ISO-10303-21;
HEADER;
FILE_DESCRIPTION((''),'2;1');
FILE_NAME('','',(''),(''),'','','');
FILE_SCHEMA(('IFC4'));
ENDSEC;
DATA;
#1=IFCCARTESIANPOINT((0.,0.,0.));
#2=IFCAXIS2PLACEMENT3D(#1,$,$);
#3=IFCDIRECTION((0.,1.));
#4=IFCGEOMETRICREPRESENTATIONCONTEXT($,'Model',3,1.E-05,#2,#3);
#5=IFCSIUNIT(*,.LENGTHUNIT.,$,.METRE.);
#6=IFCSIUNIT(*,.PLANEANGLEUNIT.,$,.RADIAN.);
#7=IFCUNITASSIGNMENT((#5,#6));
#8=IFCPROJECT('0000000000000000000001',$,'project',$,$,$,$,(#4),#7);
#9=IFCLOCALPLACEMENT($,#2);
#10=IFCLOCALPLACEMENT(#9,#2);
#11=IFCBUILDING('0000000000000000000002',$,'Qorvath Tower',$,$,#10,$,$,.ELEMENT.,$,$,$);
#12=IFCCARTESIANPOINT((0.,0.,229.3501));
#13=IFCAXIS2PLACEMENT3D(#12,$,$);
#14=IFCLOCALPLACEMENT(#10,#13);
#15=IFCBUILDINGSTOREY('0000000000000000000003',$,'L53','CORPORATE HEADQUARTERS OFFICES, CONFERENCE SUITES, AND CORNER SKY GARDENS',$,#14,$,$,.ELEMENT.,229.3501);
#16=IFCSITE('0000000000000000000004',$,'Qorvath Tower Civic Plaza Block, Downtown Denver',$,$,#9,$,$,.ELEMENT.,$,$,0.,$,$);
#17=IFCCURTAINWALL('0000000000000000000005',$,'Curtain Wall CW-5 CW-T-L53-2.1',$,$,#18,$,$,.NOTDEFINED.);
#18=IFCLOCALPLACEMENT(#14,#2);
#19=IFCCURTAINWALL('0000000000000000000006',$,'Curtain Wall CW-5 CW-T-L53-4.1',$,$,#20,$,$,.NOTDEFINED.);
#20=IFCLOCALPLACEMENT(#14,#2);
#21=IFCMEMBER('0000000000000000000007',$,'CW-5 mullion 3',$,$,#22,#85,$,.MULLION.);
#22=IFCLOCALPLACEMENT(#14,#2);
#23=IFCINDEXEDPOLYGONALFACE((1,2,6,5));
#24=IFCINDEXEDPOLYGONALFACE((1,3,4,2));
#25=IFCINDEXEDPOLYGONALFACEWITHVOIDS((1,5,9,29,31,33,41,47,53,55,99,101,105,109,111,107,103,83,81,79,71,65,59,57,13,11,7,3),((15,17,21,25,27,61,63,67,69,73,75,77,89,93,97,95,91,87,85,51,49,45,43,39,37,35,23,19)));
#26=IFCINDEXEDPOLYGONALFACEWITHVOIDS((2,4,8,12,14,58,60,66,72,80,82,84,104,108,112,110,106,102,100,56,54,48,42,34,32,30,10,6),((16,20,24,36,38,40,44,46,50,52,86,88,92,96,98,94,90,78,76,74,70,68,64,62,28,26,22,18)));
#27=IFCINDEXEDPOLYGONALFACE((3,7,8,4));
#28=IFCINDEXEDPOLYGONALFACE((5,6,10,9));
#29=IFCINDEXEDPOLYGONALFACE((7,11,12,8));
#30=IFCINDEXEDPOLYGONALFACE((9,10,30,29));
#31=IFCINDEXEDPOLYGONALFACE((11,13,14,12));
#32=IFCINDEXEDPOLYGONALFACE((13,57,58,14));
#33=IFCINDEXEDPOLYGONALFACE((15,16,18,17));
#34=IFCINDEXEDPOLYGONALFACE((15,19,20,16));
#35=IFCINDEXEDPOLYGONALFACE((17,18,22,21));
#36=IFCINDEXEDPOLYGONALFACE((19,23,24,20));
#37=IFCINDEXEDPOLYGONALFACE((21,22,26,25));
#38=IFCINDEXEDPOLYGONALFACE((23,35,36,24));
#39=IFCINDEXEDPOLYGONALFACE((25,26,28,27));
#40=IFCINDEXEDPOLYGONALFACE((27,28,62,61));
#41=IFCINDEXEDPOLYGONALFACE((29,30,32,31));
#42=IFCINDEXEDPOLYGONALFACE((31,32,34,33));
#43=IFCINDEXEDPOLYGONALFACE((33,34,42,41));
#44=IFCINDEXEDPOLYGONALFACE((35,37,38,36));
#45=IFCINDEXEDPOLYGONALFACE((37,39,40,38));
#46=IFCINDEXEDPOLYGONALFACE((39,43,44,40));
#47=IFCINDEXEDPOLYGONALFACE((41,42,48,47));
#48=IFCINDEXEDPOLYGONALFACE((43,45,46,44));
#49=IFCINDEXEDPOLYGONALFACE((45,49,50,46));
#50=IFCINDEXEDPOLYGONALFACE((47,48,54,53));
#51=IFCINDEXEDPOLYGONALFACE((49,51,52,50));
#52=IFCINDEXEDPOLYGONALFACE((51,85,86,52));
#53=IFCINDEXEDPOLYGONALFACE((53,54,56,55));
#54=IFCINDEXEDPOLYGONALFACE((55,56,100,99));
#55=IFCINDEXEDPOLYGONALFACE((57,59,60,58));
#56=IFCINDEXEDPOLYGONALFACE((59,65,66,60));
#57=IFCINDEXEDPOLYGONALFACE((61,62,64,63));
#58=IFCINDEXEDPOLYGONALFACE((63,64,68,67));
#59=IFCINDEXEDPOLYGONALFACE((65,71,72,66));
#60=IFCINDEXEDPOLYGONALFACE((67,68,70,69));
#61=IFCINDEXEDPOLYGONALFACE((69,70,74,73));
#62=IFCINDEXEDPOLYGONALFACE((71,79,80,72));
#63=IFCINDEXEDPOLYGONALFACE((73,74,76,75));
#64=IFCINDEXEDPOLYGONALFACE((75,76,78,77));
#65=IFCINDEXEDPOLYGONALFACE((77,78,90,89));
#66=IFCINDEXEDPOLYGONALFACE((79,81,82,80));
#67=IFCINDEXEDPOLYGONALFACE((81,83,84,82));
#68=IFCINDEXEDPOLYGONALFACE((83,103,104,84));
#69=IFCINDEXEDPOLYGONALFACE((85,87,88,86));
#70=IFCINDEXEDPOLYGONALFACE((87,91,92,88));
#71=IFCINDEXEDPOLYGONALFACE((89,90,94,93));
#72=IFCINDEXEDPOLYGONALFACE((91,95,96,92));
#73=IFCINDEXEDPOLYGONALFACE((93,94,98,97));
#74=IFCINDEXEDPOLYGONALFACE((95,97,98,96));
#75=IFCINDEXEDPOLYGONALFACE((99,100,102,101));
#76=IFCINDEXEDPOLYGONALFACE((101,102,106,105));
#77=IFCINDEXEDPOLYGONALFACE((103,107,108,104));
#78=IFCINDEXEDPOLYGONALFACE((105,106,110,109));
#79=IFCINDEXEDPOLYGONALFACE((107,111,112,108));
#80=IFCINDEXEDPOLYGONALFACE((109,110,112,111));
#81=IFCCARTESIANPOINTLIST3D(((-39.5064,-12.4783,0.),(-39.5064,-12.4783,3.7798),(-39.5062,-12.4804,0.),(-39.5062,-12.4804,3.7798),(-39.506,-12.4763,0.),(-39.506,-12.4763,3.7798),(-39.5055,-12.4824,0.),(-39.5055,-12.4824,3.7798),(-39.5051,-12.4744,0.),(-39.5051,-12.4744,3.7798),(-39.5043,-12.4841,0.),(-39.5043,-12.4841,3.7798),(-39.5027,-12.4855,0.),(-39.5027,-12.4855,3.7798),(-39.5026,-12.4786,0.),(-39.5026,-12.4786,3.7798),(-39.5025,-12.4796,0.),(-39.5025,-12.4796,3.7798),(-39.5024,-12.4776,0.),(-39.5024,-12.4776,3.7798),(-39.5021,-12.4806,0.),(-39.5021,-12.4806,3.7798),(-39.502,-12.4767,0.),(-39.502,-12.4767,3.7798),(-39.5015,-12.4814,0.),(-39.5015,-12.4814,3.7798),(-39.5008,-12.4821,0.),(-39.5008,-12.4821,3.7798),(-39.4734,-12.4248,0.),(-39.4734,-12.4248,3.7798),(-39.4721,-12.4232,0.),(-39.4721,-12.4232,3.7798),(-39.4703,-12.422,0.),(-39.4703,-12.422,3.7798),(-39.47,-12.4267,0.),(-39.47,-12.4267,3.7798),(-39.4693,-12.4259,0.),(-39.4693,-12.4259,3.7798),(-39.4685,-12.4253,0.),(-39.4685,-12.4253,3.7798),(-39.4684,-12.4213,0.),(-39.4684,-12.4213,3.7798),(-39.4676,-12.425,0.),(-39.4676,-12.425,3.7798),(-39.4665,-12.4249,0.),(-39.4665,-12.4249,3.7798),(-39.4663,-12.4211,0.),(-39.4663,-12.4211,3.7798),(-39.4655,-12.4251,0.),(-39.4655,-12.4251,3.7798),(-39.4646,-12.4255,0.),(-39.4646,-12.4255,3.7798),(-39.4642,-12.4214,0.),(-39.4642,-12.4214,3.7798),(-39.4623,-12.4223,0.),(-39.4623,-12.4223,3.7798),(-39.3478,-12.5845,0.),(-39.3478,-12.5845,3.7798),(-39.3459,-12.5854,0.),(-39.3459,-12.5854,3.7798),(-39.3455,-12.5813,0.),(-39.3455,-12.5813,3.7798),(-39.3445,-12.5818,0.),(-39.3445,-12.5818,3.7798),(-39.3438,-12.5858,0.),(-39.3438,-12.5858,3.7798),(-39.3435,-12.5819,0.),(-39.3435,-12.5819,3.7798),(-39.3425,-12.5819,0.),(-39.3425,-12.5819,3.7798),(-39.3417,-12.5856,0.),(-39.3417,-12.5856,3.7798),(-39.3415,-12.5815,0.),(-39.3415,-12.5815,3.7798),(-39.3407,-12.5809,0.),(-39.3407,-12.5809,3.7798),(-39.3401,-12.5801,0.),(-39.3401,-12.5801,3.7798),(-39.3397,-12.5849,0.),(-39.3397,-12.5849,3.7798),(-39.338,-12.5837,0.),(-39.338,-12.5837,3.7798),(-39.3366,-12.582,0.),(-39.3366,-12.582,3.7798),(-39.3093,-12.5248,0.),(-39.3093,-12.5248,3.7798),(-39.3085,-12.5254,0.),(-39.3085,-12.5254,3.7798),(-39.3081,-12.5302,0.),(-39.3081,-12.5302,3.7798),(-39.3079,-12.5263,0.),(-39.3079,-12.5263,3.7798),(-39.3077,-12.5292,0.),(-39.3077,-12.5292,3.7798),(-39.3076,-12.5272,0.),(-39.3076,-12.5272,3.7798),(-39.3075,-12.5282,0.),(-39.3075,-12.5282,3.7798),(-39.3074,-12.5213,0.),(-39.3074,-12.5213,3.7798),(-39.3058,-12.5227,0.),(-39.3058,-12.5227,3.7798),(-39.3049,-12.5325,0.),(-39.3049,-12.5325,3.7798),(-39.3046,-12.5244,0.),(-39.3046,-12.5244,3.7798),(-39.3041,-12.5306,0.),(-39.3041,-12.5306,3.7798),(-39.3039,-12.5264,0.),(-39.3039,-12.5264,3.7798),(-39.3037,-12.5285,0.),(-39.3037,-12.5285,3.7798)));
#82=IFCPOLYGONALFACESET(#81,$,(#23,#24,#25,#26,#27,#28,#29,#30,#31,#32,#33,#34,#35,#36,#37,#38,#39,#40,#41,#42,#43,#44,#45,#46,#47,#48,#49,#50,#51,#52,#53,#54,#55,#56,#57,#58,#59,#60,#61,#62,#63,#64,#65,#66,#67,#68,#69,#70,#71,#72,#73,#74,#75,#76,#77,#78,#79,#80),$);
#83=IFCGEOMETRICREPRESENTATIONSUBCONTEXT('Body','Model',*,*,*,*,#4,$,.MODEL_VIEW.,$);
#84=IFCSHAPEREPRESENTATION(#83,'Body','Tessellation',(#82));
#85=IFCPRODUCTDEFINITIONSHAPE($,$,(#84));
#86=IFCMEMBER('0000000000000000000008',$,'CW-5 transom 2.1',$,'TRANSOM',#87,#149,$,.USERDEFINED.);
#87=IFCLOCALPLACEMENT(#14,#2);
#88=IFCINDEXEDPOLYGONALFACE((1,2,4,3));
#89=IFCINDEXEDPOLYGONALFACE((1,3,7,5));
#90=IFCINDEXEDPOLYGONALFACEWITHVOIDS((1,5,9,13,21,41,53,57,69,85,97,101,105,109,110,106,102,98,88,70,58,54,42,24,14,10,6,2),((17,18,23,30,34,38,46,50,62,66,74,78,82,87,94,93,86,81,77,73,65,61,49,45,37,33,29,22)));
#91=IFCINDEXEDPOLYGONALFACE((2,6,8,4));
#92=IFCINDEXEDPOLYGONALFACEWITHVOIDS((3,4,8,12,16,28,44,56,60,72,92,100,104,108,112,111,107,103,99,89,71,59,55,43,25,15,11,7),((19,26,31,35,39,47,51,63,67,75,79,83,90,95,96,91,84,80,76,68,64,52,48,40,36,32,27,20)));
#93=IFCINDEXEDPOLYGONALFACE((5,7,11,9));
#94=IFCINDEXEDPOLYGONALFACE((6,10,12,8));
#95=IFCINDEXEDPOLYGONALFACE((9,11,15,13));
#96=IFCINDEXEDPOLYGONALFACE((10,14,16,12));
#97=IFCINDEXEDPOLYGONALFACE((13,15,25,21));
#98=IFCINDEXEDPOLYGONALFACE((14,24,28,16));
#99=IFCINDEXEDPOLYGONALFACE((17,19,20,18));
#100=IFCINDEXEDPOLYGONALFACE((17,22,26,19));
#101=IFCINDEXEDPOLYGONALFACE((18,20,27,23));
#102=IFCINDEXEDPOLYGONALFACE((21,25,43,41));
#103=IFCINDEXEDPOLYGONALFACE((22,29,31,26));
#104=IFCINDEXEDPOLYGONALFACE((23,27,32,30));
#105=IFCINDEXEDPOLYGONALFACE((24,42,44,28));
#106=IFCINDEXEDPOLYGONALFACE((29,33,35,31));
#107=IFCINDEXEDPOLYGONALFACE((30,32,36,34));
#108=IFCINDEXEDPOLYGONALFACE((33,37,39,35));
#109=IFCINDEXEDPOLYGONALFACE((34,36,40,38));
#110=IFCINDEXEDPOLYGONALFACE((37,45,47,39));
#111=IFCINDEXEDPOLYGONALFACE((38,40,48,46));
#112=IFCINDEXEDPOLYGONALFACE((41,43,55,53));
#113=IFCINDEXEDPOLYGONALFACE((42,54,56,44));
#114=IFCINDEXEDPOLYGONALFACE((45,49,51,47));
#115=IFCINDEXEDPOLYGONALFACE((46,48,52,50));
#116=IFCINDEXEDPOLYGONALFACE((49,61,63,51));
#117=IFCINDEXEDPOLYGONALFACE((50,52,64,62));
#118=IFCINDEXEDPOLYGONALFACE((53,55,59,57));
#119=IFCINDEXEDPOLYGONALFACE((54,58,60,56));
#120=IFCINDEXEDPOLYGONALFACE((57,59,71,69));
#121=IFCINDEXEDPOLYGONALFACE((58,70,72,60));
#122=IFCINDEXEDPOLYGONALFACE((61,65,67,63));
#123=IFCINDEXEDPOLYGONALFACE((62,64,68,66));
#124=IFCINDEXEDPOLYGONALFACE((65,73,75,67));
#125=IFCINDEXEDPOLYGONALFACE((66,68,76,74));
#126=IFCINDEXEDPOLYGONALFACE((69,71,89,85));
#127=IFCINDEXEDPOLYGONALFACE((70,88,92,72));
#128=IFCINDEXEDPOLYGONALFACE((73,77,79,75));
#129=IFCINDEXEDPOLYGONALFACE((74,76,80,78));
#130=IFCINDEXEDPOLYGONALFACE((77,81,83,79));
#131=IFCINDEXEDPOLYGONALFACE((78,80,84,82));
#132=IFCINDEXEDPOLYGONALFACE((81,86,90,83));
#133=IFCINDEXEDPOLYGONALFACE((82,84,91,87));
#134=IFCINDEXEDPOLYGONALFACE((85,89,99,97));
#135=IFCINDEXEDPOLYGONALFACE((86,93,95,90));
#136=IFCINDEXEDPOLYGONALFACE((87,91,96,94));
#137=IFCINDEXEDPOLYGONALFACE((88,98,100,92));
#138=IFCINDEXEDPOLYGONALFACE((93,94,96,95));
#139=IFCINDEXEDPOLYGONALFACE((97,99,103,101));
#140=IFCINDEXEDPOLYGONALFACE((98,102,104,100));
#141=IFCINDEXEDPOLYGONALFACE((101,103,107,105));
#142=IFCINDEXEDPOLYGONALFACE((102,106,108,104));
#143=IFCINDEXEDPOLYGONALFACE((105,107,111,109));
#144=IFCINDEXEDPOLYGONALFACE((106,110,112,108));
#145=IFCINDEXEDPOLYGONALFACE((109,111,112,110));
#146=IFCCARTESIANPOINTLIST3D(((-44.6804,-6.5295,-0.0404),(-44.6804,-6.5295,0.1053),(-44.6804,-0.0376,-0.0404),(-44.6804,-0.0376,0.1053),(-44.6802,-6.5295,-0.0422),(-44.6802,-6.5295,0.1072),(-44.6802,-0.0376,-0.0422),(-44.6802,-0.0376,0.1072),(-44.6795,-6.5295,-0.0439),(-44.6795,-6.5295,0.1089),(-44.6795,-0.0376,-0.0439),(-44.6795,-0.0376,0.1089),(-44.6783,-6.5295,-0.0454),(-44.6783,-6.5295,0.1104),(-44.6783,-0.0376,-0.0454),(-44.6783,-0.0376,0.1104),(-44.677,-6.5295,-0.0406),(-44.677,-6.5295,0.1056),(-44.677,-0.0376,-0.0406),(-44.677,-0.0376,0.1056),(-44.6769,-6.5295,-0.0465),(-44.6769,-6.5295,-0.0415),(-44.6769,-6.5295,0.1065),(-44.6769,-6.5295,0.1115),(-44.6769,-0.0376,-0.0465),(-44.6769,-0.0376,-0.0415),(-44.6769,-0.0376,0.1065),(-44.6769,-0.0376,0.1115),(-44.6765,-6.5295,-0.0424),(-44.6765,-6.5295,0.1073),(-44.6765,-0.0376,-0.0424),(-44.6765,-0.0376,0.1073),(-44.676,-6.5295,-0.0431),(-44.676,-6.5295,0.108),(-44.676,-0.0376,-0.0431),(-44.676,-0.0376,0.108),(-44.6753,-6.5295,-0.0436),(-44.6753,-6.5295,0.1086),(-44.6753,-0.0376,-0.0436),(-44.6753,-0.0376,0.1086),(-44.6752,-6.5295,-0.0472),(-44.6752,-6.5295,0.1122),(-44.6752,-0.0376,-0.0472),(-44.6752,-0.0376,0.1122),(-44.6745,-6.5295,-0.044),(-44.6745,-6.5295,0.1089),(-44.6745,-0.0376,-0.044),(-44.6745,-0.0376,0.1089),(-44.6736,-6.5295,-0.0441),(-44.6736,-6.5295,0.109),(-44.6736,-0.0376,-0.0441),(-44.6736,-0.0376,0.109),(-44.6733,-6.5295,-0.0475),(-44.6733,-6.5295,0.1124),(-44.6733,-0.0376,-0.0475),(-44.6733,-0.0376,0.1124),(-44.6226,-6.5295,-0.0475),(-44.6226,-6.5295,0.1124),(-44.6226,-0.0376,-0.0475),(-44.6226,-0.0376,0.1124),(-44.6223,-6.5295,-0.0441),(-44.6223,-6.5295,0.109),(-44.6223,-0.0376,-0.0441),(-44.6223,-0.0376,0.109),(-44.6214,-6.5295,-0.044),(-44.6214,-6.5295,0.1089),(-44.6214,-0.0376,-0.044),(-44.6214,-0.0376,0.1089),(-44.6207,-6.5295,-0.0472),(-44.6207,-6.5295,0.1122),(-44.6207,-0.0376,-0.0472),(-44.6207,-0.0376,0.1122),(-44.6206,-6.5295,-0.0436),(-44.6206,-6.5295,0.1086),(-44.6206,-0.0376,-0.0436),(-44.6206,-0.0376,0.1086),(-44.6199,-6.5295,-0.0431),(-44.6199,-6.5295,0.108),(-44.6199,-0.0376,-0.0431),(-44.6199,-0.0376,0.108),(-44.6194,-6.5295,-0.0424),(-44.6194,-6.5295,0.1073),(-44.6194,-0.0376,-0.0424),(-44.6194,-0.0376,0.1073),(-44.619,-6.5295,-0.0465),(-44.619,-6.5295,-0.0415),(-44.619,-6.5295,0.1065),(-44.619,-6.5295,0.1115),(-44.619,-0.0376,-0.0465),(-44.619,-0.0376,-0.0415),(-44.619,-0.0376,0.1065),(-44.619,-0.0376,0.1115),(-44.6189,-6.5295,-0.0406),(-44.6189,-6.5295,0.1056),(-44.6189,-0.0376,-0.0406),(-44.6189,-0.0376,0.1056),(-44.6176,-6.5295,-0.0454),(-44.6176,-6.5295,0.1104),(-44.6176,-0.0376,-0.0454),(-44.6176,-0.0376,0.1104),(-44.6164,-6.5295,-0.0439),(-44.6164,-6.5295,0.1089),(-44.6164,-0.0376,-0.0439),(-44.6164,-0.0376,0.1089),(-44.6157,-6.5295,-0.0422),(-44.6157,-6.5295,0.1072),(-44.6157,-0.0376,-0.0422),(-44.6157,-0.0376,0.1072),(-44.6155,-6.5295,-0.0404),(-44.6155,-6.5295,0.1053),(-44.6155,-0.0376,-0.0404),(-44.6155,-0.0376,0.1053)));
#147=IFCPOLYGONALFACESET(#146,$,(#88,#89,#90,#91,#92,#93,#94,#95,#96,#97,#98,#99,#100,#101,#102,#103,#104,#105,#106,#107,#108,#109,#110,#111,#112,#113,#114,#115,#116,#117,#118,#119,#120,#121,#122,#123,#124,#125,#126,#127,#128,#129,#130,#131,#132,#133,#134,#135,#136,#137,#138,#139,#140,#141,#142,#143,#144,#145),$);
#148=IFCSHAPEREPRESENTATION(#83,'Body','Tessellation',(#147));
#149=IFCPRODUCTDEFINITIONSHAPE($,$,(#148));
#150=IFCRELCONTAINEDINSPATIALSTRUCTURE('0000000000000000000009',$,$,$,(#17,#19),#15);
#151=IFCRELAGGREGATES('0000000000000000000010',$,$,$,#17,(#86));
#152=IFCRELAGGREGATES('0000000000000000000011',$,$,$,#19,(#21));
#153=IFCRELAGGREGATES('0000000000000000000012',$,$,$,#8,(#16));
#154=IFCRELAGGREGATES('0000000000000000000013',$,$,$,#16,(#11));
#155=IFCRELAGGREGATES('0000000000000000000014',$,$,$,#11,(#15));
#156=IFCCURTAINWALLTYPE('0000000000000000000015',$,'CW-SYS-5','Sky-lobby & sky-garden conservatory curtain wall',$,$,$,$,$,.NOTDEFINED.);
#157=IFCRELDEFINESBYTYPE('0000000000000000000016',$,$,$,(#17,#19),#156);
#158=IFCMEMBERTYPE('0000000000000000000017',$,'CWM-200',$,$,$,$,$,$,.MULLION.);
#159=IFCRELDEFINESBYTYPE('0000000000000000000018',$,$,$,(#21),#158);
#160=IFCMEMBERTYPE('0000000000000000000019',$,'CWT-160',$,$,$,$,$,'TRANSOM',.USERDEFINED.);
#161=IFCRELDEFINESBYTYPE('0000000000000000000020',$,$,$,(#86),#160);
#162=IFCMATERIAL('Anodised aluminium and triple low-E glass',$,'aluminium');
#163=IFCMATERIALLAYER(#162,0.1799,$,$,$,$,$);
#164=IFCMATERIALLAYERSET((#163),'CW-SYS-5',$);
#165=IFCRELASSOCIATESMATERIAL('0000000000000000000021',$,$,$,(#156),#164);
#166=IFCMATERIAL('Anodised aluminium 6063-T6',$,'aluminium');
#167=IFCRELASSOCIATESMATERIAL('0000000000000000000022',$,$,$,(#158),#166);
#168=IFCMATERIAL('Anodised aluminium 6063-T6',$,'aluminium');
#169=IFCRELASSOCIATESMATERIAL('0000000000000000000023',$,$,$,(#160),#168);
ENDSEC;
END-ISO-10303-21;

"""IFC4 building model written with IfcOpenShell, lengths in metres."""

from ifc_helpers import new_model, si_unit, direction, frame, origin, origin_2d, place, context, subcontext, project, spatial, hollow_rectangle, extrude, material, layer, layer_set, material_profile, profile_set, type_object, element, aggregate, save


model = new_model("IFC4")

# Units and contexts
model_context = context("Model", 3, precision=1e-05, world=origin(), true_north=direction((0.0, 1.0)))
body_context = subcontext(model_context, "Body", "Model", "MODEL_VIEW")
ifc_project = project(units=[si_unit("LENGTHUNIT", "METRE"), si_unit("PLANEANGLEUNIT", "RADIAN")], contexts=[model_context])

# Site, building, storey
site_placement = place(None, origin())
site = spatial("IfcSite", under=ifc_project, at=site_placement, Name="Qorvath Tower Civic Plaza Block, Downtown Denver", CompositionType="ELEMENT", RefElevation=0.0)
building_placement = place(site_placement, origin())
building = spatial("IfcBuilding", under=site, at=building_placement, Name="Qorvath Tower", CompositionType="ELEMENT")
storey_placement = place(building_placement, frame((0.0, 0.0, 229.3501)))
storey = spatial("IfcBuildingStorey", under=building, at=storey_placement, Name="L53", Description="CORPORATE HEADQUARTERS OFFICES, CONFERENCE SUITES, AND CORNER SKY GARDENS", CompositionType="ELEMENT", Elevation=229.3501)

# Curtain walls, member
ifc_material_1 = material(Name="Anodised aluminium and triple low-E glass", Category="aluminium")
ifc_layer_1 = layer(ifc_material_1, 0.1799)
ifc_layer_set_1 = layer_set([ifc_layer_1], Name="CW-SYS-5")
curtain_wall_type = type_object("IfcCurtainWallType", Name="CW-SYS-5", Description="Sky-lobby & sky-garden conservatory curtain wall", PredefinedType="NOTDEFINED", material=ifc_layer_set_1)
curtain_wall_1_placement = place(storey_placement, origin())
curtain_wall_1 = element("IfcCurtainWall", 1, at=curtain_wall_1_placement, inside=storey, type_object=curtain_wall_type, Name="Curtain Wall CW-5 CW-T-L53-2.1", PredefinedType="NOTDEFINED")
ifc_material_2 = material(Name="Anodised aluminium 6063-T6", Category="aluminium")
ifc_material_profile_1 = material_profile(ifc_material_2, hollow_rectangle(XDim=0.075, YDim=0.2, WallThickness=0.0039, InnerFilletRadius=0.0039, OuterFilletRadius=0.0081, at=origin_2d()), Name="CWM 200x75")
ifc_profile_set_1 = profile_set([ifc_material_profile_1], Name="Anodised aluminium 6063-T6")
member_type_1 = type_object("IfcMemberType", Name="CWM-200", PredefinedType="MULLION", material=ifc_profile_set_1)
curtain_wall_2_placement = place(storey_placement, origin())
curtain_wall_2 = element("IfcCurtainWall", 2, at=curtain_wall_2_placement, inside=storey, type_object=curtain_wall_type, Name="Curtain Wall CW-5 CW-T-L53-4.1", PredefinedType="NOTDEFINED")
member_1_placement = place(storey_placement, frame((-39.405, -12.5034, 0.0), z_axis=(0.0, 0.0, 1.0), x_axis=(0.538529, 0.842607, 0.0)))
member_1 = element("IfcMember", 3, at=member_1_placement, type_object=member_type_1, Name="CW-5 mullion 3", PredefinedType="MULLION", context=body_context, shape_type="SweptSolid", body=[
    extrude(hollow_rectangle(XDim=0.075, YDim=0.2, WallThickness=0.0039, InnerFilletRadius=0.0039, OuterFilletRadius=0.0081, at=origin_2d()), origin(), (0.0, 0.0, 1.0), 3.7798),
])

# Member
ifc_material_3 = material(Name="Anodised aluminium 6063-T6", Category="aluminium")
ifc_material_profile_2 = material_profile(ifc_material_3, hollow_rectangle(XDim=0.0649, YDim=0.1599, WallThickness=0.0034, InnerFilletRadius=0.0034, OuterFilletRadius=0.0071, at=origin_2d()), Name="CWT 160x65")
ifc_profile_set_2 = profile_set([ifc_material_profile_2], Name="Anodised aluminium 6063-T6")
member_type_2 = type_object("IfcMemberType", Name="CWT-160", ElementType="TRANSOM", PredefinedType="USERDEFINED", material=ifc_profile_set_2)
member_2_placement = place(storey_placement, frame((-44.6479, -0.0376, 0.0325), z_axis=(0.0, -1.0, 0.0), x_axis=(1.0, 0.0, 0.0)))
member_2 = element("IfcMember", 4, at=member_2_placement, type_object=member_type_2, Name="CW-5 transom 2.1", ObjectType="TRANSOM", PredefinedType="USERDEFINED", context=body_context, shape_type="SweptSolid", body=[
    extrude(hollow_rectangle(XDim=0.0649, YDim=0.1599, WallThickness=0.0034, InnerFilletRadius=0.0034, OuterFilletRadius=0.0071, at=origin_2d()), origin(), (0.0, 0.0, 1.0), 6.4919),
])

aggregate(curtain_wall_1, [member_2])
aggregate(curtain_wall_2, [member_1])

save(model, "model.ifc")
